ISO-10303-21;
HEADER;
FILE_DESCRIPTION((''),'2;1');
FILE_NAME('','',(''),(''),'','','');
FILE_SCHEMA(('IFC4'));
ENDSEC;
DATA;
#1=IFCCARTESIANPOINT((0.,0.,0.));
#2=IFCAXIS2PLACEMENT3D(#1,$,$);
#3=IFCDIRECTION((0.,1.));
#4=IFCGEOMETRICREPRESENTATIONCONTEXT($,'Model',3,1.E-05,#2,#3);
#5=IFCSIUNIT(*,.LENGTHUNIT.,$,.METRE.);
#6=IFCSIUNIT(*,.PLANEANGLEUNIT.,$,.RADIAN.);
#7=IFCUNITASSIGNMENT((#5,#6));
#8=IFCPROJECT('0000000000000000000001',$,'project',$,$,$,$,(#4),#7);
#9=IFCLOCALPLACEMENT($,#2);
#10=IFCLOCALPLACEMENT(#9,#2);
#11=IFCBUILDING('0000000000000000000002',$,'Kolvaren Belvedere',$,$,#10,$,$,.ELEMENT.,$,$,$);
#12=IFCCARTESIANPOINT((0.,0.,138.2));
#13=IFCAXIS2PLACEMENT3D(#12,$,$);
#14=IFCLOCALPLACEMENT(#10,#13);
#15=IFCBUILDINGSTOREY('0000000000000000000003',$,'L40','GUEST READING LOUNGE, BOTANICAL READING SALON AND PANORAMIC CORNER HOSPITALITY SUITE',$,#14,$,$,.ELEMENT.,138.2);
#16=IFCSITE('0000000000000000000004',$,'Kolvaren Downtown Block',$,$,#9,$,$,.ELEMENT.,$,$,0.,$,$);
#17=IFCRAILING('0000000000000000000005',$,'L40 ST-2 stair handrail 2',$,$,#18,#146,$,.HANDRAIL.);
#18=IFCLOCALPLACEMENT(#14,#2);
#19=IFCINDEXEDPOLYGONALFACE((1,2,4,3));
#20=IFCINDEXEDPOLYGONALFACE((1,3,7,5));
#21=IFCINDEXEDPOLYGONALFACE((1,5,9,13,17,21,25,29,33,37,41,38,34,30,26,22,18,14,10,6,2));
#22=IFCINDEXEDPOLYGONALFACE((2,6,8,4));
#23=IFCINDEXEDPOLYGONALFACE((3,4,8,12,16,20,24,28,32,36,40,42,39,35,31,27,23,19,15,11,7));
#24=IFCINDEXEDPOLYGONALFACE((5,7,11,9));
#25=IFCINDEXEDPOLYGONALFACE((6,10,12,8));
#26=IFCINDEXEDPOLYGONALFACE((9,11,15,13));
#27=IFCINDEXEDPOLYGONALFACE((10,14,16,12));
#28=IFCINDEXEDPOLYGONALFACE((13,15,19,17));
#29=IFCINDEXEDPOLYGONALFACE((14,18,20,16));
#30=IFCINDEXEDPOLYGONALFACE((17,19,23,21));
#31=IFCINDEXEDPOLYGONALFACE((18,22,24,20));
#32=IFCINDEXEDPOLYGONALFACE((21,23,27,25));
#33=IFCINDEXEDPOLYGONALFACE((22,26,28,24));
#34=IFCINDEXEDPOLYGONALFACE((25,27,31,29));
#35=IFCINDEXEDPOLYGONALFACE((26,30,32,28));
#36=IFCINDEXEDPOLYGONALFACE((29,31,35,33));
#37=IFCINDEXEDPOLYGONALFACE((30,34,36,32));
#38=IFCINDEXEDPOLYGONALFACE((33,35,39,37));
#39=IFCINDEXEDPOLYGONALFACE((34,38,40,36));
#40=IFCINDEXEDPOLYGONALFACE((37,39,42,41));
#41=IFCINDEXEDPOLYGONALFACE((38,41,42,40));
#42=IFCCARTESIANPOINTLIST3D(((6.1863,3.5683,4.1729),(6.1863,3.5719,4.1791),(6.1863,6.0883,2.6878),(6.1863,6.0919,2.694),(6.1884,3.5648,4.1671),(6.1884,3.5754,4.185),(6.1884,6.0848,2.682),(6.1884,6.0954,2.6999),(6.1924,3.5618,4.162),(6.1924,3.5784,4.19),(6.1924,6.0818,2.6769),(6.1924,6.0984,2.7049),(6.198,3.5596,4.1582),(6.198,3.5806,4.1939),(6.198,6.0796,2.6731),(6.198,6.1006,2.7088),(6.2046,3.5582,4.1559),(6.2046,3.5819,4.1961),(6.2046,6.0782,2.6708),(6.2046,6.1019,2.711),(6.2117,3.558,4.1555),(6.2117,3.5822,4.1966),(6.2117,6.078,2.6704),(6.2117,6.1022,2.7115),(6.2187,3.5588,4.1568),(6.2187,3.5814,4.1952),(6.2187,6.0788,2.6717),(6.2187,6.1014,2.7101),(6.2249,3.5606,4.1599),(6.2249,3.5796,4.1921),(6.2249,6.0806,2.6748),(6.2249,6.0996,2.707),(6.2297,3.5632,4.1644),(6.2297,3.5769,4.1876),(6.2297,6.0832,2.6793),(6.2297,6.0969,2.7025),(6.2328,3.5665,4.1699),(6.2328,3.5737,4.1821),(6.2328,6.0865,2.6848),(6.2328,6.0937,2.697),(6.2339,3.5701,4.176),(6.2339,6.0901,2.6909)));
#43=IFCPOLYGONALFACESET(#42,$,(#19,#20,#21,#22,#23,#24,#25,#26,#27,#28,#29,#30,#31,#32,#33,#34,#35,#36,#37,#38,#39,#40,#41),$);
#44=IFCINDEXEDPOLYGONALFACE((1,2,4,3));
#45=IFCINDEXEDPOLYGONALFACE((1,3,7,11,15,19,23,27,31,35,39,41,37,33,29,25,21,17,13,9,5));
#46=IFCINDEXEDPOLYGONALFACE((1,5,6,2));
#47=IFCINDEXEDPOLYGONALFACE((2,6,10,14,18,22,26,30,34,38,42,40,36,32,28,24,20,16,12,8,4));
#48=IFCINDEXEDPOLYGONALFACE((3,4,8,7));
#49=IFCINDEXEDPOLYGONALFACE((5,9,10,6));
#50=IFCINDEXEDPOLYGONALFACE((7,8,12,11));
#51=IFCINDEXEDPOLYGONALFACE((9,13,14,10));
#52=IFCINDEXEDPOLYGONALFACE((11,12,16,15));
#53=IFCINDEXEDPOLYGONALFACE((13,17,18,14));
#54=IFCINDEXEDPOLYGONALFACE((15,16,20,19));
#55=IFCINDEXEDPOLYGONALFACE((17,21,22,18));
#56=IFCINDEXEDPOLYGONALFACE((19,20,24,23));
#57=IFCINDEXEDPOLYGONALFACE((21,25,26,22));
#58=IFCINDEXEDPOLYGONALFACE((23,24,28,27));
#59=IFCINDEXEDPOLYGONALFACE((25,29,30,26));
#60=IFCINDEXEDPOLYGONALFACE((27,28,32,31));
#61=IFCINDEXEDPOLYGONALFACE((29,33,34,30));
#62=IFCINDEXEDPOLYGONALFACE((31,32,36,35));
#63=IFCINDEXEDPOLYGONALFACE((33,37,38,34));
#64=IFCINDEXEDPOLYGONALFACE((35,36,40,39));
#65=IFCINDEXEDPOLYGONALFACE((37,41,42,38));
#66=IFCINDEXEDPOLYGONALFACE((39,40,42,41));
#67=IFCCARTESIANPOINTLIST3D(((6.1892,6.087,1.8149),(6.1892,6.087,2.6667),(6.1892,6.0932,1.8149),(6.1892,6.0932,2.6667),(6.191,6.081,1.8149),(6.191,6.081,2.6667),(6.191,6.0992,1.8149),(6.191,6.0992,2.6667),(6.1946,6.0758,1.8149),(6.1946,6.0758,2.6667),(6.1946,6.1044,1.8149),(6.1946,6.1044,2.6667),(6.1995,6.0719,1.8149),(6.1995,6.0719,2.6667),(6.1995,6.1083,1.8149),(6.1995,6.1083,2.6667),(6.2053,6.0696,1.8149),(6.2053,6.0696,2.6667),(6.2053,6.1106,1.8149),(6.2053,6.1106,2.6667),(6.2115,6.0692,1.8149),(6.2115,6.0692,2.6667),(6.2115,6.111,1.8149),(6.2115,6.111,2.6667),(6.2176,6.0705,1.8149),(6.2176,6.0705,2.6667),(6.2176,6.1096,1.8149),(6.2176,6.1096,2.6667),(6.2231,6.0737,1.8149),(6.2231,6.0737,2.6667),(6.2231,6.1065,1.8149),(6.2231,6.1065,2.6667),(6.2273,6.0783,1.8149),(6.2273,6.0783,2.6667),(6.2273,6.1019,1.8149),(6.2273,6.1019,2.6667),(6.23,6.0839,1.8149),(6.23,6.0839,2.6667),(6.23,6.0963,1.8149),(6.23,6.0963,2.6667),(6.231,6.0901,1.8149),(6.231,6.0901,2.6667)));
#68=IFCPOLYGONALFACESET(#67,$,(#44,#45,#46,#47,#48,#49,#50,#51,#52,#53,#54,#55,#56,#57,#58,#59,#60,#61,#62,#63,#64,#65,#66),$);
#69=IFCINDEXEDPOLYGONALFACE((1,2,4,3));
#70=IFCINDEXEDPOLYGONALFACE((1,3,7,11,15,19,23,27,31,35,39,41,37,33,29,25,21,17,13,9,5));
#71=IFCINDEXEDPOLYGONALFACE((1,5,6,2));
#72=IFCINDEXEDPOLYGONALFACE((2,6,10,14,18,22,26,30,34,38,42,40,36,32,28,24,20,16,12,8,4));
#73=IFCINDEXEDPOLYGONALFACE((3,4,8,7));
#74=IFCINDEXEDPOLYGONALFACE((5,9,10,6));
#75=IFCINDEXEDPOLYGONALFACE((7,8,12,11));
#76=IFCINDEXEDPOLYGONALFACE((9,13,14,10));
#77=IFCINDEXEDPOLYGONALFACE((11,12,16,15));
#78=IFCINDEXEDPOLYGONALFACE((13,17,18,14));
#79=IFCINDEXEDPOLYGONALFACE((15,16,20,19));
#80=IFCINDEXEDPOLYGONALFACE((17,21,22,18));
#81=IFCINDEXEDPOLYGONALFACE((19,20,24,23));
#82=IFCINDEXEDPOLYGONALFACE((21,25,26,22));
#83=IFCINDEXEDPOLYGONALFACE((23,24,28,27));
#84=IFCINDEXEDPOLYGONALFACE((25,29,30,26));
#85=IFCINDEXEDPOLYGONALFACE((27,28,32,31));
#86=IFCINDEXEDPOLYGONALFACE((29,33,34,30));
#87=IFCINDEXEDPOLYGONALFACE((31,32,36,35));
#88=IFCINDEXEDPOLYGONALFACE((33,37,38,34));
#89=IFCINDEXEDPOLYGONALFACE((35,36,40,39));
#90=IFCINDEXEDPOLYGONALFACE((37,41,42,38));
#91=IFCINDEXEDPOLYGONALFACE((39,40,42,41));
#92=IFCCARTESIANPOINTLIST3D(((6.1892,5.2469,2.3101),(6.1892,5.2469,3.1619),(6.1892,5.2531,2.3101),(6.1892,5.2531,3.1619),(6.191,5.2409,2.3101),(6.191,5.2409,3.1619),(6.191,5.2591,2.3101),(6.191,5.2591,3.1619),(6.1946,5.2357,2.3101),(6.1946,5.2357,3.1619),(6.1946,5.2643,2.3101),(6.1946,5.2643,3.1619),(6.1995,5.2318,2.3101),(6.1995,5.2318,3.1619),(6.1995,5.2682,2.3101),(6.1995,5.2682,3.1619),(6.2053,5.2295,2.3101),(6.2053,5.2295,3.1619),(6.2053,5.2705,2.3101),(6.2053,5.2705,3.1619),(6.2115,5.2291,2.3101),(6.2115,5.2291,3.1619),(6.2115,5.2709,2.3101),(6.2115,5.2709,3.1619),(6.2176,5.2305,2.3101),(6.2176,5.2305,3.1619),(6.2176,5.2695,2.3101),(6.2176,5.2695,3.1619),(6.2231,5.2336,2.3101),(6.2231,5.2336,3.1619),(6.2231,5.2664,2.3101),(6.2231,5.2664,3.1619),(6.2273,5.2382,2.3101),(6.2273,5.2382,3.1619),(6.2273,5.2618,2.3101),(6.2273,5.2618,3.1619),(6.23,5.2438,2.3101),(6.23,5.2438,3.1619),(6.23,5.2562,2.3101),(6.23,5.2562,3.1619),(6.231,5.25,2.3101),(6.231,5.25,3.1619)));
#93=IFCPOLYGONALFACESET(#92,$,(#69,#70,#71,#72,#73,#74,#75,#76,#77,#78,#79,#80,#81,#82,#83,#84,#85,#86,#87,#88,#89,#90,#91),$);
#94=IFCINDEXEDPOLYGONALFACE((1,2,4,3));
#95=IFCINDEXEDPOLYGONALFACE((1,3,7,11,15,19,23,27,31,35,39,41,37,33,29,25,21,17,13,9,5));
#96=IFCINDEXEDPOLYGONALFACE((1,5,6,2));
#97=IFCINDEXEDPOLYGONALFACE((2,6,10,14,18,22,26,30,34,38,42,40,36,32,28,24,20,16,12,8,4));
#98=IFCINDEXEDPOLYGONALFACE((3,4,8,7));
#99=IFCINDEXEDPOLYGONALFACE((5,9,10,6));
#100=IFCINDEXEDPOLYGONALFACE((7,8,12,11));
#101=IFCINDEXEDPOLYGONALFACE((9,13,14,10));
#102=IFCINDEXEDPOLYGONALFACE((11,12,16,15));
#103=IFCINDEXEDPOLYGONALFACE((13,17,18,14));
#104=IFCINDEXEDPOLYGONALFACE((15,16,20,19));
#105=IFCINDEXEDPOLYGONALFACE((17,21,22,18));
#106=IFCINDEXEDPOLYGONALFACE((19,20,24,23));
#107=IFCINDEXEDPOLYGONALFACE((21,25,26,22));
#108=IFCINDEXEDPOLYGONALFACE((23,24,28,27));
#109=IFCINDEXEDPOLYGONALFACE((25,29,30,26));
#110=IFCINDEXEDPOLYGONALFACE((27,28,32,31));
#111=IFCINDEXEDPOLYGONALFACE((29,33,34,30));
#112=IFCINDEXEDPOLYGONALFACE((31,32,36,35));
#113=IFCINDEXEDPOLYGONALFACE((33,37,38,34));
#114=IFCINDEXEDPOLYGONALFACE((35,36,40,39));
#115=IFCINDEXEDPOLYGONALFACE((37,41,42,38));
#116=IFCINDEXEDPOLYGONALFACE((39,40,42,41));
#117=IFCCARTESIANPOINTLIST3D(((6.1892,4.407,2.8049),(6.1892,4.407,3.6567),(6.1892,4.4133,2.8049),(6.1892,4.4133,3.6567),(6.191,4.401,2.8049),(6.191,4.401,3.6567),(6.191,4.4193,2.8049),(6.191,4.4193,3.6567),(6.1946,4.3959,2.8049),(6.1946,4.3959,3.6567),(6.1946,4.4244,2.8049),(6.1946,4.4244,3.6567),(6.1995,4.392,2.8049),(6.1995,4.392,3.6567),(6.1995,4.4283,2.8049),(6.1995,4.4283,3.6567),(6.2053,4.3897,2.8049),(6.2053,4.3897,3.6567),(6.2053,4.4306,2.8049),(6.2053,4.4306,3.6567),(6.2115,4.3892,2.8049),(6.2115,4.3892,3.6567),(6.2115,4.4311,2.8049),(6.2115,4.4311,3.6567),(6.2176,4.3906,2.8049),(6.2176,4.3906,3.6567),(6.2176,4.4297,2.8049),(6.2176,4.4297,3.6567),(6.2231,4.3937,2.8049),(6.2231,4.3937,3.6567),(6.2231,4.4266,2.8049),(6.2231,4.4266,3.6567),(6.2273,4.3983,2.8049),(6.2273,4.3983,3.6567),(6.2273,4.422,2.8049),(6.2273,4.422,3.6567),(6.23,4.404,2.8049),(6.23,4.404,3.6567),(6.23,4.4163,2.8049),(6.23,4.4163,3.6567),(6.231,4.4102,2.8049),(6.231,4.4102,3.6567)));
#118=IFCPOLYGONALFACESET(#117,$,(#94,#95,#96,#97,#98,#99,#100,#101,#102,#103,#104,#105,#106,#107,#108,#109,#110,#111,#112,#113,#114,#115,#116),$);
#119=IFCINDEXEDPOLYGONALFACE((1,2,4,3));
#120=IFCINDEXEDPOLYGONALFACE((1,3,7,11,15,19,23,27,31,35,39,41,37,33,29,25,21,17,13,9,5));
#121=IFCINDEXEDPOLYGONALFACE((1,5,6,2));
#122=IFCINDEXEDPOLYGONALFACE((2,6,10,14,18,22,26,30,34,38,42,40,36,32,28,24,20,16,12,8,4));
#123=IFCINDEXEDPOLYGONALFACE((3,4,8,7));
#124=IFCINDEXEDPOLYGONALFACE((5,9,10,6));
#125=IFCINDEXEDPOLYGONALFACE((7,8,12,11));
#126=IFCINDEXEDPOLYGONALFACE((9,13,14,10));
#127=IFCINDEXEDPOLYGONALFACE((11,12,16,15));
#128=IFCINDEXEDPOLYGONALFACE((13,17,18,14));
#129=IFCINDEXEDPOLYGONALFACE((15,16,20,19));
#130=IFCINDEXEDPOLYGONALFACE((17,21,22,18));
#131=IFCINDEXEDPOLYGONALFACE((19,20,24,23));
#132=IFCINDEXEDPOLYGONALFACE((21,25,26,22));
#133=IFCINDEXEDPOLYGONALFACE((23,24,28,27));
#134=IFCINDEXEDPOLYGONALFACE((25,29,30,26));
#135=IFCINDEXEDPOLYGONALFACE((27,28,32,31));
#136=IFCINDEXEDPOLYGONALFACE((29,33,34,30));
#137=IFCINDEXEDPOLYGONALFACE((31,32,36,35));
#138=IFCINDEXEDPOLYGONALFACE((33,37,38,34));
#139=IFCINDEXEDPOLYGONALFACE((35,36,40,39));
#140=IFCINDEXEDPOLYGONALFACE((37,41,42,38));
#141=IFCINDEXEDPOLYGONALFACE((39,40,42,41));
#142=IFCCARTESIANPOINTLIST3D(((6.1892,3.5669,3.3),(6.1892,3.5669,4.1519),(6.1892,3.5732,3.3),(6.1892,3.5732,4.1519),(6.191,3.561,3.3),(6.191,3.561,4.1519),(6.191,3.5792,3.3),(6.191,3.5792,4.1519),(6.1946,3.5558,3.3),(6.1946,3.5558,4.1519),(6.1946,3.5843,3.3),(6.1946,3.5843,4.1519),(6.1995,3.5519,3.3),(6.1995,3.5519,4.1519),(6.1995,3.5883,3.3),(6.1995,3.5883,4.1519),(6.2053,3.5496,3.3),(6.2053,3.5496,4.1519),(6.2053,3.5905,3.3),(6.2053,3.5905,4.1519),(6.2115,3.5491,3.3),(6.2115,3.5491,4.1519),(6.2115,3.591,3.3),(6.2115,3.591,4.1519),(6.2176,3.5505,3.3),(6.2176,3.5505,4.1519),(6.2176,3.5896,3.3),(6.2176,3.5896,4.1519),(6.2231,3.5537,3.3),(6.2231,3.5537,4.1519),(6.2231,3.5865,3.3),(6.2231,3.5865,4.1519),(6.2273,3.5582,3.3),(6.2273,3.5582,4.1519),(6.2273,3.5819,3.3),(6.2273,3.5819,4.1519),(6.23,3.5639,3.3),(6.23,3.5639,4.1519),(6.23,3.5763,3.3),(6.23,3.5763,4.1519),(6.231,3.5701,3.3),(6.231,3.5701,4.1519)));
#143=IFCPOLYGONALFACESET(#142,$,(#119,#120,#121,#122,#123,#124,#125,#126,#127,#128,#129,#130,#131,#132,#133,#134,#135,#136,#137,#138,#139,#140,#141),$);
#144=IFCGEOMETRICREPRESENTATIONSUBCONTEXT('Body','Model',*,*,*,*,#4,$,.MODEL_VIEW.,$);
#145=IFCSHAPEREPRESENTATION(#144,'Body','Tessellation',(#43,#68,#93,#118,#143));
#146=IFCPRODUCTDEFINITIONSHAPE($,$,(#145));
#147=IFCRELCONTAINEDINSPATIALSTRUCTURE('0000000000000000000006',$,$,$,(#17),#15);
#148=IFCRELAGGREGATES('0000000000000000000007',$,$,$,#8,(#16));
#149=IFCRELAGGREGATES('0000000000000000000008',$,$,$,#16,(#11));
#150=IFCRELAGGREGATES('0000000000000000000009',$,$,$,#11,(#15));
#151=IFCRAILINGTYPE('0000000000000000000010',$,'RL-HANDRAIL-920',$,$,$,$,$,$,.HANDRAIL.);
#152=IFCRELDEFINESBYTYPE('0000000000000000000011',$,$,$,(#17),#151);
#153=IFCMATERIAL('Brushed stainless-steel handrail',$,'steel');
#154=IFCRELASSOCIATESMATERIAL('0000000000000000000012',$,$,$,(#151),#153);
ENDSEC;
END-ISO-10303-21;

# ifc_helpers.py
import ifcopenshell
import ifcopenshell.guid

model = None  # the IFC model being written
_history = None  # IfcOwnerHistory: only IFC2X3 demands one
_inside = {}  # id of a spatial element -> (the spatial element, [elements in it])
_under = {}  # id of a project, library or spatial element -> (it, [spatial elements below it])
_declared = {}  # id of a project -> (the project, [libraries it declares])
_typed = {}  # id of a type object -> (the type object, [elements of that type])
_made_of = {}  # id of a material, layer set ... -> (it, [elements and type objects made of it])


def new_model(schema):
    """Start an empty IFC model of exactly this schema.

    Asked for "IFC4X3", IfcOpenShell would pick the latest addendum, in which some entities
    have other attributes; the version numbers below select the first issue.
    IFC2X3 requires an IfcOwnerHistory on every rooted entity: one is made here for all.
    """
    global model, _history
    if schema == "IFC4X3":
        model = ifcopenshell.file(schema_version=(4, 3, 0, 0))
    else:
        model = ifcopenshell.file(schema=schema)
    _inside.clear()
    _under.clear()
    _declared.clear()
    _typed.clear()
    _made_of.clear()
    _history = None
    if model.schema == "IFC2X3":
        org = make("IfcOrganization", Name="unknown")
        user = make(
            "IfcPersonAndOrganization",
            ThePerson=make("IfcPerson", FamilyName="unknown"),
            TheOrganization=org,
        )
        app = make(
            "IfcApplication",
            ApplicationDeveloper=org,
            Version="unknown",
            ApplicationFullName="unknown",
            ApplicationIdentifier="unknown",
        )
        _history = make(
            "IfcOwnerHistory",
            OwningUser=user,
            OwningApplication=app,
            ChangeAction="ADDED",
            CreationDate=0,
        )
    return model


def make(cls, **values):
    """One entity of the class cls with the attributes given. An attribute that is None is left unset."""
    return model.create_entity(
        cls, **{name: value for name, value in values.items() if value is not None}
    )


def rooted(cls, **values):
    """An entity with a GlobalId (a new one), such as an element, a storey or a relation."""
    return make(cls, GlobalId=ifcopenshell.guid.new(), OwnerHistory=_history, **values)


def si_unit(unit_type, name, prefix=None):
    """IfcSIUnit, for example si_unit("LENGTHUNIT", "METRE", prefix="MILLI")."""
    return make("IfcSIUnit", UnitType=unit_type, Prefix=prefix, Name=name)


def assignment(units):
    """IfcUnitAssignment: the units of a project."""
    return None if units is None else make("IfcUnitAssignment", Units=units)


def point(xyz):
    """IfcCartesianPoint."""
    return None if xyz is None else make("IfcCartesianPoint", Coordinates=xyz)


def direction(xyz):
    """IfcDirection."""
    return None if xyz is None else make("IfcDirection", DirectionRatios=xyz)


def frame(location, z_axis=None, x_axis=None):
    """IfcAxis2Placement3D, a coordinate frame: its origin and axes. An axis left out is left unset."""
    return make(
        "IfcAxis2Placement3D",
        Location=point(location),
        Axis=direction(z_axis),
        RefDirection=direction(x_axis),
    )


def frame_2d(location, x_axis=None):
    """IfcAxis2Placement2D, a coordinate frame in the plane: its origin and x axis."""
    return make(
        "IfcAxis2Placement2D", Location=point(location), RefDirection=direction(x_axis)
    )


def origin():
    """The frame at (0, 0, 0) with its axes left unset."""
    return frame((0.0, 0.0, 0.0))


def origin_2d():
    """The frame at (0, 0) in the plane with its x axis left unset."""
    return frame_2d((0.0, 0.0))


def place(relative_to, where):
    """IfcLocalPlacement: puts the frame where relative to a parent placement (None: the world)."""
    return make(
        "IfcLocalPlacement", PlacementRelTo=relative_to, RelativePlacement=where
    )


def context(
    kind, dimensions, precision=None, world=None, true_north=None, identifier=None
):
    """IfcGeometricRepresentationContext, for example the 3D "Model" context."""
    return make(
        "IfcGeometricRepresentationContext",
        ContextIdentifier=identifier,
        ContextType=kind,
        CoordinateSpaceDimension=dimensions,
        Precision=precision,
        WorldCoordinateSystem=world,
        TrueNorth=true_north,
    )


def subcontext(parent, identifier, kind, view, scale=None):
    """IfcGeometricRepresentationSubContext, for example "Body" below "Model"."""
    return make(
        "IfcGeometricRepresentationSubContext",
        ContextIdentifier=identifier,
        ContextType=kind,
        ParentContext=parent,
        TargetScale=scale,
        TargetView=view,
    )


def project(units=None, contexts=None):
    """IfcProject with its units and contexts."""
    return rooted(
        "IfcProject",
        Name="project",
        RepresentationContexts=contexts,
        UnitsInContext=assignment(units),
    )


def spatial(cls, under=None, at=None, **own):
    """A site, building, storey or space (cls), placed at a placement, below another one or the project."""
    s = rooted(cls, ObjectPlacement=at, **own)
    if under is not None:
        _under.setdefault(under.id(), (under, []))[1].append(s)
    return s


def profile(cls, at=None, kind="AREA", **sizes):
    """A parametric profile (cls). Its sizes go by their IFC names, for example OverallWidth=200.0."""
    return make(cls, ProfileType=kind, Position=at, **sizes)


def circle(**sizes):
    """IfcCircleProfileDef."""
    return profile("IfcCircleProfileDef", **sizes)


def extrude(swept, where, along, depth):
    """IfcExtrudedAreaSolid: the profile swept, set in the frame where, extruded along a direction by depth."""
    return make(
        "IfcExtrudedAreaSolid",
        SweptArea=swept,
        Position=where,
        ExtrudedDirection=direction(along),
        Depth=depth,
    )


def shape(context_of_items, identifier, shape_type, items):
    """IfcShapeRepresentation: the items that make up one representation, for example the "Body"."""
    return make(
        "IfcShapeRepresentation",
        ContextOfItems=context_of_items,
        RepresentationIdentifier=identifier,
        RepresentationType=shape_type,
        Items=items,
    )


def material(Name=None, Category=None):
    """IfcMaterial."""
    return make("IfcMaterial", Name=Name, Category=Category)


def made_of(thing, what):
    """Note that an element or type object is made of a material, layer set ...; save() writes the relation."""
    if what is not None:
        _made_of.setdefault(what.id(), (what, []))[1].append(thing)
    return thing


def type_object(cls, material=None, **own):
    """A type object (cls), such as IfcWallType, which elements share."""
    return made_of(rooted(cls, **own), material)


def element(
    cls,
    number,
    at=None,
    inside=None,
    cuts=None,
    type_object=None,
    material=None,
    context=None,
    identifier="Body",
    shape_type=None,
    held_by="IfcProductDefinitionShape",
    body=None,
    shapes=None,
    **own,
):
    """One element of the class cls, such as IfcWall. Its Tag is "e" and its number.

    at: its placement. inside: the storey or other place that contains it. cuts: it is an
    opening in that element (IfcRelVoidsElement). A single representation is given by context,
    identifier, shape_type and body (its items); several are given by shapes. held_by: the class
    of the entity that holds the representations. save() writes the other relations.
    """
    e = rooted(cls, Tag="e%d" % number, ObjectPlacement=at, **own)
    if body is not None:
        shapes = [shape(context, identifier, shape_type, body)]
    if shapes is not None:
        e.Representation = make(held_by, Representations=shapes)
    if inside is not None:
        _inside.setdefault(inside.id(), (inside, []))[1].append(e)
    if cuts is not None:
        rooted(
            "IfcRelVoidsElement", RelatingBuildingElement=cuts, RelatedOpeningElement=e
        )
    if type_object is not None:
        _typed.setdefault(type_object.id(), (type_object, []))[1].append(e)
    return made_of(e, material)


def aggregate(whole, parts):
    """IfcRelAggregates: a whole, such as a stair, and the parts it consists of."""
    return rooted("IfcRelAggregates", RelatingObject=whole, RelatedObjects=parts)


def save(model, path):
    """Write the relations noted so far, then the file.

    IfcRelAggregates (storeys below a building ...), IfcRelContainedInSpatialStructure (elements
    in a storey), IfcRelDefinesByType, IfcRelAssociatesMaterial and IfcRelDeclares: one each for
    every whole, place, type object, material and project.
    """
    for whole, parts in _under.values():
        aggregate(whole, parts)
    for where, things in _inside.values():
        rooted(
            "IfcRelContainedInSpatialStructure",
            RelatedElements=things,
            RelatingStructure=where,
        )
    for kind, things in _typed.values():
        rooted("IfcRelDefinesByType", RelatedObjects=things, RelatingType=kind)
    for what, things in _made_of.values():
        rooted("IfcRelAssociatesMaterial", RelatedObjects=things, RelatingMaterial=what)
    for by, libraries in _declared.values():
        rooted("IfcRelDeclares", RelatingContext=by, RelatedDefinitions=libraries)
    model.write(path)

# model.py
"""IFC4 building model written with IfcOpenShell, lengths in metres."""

from ifc_helpers import new_model, si_unit, direction, frame, origin, origin_2d, place, context, subcontext, project, spatial, circle, extrude, material, type_object, element, save


model = new_model("IFC4")

# Units and contexts
model_context = context("Model", 3, precision=1e-05, world=origin(), true_north=direction((0.0, 1.0)))
body_context = subcontext(model_context, "Body", "Model", "MODEL_VIEW")
ifc_project = project(units=[si_unit("LENGTHUNIT", "METRE"), si_unit("PLANEANGLEUNIT", "RADIAN")], contexts=[model_context])

# Site, building, storey
site_placement = place(None, origin())
site = spatial("IfcSite", under=ifc_project, at=site_placement, Name="Kolvaren Downtown Block", CompositionType="ELEMENT", RefElevation=0.0)
building_placement = place(site_placement, origin())
building = spatial("IfcBuilding", under=site, at=building_placement, Name="Kolvaren Belvedere", CompositionType="ELEMENT")
storey_placement = place(building_placement, frame((0.0, 0.0, 138.2)))
storey = spatial("IfcBuildingStorey", under=building, at=storey_placement, Name="L40", Description="GUEST READING LOUNGE, BOTANICAL READING SALON AND PANORAMIC CORNER HOSPITALITY SUITE", CompositionType="ELEMENT", Elevation=138.2)

# Railing
ifc_material_1 = material(Name="Brushed stainless-steel handrail", Category="steel")
railing_type_1 = type_object("IfcRailingType", Name="RL-HANDRAIL-920", PredefinedType="HANDRAIL", material=ifc_material_1)
railing_1_placement = place(storey_placement, frame((6.21, 6.0901, 1.8149)))
element("IfcRailing", 1, at=railing_1_placement, inside=storey, type_object=railing_type_1, Name="L40 ST-2 stair handrail 2", PredefinedType="HANDRAIL", context=body_context, shape_type="SweptSolid", body=[
    extrude(circle(Radius=0.0239, at=origin_2d()), frame((0.0, 0.0, 0.876), z_axis=(0.0, -0.861524, 0.507717), x_axis=(1.0, 0.0, 0.0)), (0.0, 0.0, 1.0), 2.925),
    extrude(circle(Radius=0.021, at=origin_2d()), origin(), (0.0, 0.0, 1.0), 0.8518),
    extrude(circle(Radius=0.021, at=origin_2d()), frame((0.0, -0.8401, 0.4951)), (0.0, 0.0, 1.0), 0.8518),
    extrude(circle(Radius=0.021, at=origin_2d()), frame((0.0, -1.6799, 0.99)), (0.0, 0.0, 1.0), 0.8518),
    extrude(circle(Radius=0.021, at=origin_2d()), frame((0.0, -2.52, 1.4851)), (0.0, 0.0, 1.0), 0.8518),
])

save(model, "model.ifc")
